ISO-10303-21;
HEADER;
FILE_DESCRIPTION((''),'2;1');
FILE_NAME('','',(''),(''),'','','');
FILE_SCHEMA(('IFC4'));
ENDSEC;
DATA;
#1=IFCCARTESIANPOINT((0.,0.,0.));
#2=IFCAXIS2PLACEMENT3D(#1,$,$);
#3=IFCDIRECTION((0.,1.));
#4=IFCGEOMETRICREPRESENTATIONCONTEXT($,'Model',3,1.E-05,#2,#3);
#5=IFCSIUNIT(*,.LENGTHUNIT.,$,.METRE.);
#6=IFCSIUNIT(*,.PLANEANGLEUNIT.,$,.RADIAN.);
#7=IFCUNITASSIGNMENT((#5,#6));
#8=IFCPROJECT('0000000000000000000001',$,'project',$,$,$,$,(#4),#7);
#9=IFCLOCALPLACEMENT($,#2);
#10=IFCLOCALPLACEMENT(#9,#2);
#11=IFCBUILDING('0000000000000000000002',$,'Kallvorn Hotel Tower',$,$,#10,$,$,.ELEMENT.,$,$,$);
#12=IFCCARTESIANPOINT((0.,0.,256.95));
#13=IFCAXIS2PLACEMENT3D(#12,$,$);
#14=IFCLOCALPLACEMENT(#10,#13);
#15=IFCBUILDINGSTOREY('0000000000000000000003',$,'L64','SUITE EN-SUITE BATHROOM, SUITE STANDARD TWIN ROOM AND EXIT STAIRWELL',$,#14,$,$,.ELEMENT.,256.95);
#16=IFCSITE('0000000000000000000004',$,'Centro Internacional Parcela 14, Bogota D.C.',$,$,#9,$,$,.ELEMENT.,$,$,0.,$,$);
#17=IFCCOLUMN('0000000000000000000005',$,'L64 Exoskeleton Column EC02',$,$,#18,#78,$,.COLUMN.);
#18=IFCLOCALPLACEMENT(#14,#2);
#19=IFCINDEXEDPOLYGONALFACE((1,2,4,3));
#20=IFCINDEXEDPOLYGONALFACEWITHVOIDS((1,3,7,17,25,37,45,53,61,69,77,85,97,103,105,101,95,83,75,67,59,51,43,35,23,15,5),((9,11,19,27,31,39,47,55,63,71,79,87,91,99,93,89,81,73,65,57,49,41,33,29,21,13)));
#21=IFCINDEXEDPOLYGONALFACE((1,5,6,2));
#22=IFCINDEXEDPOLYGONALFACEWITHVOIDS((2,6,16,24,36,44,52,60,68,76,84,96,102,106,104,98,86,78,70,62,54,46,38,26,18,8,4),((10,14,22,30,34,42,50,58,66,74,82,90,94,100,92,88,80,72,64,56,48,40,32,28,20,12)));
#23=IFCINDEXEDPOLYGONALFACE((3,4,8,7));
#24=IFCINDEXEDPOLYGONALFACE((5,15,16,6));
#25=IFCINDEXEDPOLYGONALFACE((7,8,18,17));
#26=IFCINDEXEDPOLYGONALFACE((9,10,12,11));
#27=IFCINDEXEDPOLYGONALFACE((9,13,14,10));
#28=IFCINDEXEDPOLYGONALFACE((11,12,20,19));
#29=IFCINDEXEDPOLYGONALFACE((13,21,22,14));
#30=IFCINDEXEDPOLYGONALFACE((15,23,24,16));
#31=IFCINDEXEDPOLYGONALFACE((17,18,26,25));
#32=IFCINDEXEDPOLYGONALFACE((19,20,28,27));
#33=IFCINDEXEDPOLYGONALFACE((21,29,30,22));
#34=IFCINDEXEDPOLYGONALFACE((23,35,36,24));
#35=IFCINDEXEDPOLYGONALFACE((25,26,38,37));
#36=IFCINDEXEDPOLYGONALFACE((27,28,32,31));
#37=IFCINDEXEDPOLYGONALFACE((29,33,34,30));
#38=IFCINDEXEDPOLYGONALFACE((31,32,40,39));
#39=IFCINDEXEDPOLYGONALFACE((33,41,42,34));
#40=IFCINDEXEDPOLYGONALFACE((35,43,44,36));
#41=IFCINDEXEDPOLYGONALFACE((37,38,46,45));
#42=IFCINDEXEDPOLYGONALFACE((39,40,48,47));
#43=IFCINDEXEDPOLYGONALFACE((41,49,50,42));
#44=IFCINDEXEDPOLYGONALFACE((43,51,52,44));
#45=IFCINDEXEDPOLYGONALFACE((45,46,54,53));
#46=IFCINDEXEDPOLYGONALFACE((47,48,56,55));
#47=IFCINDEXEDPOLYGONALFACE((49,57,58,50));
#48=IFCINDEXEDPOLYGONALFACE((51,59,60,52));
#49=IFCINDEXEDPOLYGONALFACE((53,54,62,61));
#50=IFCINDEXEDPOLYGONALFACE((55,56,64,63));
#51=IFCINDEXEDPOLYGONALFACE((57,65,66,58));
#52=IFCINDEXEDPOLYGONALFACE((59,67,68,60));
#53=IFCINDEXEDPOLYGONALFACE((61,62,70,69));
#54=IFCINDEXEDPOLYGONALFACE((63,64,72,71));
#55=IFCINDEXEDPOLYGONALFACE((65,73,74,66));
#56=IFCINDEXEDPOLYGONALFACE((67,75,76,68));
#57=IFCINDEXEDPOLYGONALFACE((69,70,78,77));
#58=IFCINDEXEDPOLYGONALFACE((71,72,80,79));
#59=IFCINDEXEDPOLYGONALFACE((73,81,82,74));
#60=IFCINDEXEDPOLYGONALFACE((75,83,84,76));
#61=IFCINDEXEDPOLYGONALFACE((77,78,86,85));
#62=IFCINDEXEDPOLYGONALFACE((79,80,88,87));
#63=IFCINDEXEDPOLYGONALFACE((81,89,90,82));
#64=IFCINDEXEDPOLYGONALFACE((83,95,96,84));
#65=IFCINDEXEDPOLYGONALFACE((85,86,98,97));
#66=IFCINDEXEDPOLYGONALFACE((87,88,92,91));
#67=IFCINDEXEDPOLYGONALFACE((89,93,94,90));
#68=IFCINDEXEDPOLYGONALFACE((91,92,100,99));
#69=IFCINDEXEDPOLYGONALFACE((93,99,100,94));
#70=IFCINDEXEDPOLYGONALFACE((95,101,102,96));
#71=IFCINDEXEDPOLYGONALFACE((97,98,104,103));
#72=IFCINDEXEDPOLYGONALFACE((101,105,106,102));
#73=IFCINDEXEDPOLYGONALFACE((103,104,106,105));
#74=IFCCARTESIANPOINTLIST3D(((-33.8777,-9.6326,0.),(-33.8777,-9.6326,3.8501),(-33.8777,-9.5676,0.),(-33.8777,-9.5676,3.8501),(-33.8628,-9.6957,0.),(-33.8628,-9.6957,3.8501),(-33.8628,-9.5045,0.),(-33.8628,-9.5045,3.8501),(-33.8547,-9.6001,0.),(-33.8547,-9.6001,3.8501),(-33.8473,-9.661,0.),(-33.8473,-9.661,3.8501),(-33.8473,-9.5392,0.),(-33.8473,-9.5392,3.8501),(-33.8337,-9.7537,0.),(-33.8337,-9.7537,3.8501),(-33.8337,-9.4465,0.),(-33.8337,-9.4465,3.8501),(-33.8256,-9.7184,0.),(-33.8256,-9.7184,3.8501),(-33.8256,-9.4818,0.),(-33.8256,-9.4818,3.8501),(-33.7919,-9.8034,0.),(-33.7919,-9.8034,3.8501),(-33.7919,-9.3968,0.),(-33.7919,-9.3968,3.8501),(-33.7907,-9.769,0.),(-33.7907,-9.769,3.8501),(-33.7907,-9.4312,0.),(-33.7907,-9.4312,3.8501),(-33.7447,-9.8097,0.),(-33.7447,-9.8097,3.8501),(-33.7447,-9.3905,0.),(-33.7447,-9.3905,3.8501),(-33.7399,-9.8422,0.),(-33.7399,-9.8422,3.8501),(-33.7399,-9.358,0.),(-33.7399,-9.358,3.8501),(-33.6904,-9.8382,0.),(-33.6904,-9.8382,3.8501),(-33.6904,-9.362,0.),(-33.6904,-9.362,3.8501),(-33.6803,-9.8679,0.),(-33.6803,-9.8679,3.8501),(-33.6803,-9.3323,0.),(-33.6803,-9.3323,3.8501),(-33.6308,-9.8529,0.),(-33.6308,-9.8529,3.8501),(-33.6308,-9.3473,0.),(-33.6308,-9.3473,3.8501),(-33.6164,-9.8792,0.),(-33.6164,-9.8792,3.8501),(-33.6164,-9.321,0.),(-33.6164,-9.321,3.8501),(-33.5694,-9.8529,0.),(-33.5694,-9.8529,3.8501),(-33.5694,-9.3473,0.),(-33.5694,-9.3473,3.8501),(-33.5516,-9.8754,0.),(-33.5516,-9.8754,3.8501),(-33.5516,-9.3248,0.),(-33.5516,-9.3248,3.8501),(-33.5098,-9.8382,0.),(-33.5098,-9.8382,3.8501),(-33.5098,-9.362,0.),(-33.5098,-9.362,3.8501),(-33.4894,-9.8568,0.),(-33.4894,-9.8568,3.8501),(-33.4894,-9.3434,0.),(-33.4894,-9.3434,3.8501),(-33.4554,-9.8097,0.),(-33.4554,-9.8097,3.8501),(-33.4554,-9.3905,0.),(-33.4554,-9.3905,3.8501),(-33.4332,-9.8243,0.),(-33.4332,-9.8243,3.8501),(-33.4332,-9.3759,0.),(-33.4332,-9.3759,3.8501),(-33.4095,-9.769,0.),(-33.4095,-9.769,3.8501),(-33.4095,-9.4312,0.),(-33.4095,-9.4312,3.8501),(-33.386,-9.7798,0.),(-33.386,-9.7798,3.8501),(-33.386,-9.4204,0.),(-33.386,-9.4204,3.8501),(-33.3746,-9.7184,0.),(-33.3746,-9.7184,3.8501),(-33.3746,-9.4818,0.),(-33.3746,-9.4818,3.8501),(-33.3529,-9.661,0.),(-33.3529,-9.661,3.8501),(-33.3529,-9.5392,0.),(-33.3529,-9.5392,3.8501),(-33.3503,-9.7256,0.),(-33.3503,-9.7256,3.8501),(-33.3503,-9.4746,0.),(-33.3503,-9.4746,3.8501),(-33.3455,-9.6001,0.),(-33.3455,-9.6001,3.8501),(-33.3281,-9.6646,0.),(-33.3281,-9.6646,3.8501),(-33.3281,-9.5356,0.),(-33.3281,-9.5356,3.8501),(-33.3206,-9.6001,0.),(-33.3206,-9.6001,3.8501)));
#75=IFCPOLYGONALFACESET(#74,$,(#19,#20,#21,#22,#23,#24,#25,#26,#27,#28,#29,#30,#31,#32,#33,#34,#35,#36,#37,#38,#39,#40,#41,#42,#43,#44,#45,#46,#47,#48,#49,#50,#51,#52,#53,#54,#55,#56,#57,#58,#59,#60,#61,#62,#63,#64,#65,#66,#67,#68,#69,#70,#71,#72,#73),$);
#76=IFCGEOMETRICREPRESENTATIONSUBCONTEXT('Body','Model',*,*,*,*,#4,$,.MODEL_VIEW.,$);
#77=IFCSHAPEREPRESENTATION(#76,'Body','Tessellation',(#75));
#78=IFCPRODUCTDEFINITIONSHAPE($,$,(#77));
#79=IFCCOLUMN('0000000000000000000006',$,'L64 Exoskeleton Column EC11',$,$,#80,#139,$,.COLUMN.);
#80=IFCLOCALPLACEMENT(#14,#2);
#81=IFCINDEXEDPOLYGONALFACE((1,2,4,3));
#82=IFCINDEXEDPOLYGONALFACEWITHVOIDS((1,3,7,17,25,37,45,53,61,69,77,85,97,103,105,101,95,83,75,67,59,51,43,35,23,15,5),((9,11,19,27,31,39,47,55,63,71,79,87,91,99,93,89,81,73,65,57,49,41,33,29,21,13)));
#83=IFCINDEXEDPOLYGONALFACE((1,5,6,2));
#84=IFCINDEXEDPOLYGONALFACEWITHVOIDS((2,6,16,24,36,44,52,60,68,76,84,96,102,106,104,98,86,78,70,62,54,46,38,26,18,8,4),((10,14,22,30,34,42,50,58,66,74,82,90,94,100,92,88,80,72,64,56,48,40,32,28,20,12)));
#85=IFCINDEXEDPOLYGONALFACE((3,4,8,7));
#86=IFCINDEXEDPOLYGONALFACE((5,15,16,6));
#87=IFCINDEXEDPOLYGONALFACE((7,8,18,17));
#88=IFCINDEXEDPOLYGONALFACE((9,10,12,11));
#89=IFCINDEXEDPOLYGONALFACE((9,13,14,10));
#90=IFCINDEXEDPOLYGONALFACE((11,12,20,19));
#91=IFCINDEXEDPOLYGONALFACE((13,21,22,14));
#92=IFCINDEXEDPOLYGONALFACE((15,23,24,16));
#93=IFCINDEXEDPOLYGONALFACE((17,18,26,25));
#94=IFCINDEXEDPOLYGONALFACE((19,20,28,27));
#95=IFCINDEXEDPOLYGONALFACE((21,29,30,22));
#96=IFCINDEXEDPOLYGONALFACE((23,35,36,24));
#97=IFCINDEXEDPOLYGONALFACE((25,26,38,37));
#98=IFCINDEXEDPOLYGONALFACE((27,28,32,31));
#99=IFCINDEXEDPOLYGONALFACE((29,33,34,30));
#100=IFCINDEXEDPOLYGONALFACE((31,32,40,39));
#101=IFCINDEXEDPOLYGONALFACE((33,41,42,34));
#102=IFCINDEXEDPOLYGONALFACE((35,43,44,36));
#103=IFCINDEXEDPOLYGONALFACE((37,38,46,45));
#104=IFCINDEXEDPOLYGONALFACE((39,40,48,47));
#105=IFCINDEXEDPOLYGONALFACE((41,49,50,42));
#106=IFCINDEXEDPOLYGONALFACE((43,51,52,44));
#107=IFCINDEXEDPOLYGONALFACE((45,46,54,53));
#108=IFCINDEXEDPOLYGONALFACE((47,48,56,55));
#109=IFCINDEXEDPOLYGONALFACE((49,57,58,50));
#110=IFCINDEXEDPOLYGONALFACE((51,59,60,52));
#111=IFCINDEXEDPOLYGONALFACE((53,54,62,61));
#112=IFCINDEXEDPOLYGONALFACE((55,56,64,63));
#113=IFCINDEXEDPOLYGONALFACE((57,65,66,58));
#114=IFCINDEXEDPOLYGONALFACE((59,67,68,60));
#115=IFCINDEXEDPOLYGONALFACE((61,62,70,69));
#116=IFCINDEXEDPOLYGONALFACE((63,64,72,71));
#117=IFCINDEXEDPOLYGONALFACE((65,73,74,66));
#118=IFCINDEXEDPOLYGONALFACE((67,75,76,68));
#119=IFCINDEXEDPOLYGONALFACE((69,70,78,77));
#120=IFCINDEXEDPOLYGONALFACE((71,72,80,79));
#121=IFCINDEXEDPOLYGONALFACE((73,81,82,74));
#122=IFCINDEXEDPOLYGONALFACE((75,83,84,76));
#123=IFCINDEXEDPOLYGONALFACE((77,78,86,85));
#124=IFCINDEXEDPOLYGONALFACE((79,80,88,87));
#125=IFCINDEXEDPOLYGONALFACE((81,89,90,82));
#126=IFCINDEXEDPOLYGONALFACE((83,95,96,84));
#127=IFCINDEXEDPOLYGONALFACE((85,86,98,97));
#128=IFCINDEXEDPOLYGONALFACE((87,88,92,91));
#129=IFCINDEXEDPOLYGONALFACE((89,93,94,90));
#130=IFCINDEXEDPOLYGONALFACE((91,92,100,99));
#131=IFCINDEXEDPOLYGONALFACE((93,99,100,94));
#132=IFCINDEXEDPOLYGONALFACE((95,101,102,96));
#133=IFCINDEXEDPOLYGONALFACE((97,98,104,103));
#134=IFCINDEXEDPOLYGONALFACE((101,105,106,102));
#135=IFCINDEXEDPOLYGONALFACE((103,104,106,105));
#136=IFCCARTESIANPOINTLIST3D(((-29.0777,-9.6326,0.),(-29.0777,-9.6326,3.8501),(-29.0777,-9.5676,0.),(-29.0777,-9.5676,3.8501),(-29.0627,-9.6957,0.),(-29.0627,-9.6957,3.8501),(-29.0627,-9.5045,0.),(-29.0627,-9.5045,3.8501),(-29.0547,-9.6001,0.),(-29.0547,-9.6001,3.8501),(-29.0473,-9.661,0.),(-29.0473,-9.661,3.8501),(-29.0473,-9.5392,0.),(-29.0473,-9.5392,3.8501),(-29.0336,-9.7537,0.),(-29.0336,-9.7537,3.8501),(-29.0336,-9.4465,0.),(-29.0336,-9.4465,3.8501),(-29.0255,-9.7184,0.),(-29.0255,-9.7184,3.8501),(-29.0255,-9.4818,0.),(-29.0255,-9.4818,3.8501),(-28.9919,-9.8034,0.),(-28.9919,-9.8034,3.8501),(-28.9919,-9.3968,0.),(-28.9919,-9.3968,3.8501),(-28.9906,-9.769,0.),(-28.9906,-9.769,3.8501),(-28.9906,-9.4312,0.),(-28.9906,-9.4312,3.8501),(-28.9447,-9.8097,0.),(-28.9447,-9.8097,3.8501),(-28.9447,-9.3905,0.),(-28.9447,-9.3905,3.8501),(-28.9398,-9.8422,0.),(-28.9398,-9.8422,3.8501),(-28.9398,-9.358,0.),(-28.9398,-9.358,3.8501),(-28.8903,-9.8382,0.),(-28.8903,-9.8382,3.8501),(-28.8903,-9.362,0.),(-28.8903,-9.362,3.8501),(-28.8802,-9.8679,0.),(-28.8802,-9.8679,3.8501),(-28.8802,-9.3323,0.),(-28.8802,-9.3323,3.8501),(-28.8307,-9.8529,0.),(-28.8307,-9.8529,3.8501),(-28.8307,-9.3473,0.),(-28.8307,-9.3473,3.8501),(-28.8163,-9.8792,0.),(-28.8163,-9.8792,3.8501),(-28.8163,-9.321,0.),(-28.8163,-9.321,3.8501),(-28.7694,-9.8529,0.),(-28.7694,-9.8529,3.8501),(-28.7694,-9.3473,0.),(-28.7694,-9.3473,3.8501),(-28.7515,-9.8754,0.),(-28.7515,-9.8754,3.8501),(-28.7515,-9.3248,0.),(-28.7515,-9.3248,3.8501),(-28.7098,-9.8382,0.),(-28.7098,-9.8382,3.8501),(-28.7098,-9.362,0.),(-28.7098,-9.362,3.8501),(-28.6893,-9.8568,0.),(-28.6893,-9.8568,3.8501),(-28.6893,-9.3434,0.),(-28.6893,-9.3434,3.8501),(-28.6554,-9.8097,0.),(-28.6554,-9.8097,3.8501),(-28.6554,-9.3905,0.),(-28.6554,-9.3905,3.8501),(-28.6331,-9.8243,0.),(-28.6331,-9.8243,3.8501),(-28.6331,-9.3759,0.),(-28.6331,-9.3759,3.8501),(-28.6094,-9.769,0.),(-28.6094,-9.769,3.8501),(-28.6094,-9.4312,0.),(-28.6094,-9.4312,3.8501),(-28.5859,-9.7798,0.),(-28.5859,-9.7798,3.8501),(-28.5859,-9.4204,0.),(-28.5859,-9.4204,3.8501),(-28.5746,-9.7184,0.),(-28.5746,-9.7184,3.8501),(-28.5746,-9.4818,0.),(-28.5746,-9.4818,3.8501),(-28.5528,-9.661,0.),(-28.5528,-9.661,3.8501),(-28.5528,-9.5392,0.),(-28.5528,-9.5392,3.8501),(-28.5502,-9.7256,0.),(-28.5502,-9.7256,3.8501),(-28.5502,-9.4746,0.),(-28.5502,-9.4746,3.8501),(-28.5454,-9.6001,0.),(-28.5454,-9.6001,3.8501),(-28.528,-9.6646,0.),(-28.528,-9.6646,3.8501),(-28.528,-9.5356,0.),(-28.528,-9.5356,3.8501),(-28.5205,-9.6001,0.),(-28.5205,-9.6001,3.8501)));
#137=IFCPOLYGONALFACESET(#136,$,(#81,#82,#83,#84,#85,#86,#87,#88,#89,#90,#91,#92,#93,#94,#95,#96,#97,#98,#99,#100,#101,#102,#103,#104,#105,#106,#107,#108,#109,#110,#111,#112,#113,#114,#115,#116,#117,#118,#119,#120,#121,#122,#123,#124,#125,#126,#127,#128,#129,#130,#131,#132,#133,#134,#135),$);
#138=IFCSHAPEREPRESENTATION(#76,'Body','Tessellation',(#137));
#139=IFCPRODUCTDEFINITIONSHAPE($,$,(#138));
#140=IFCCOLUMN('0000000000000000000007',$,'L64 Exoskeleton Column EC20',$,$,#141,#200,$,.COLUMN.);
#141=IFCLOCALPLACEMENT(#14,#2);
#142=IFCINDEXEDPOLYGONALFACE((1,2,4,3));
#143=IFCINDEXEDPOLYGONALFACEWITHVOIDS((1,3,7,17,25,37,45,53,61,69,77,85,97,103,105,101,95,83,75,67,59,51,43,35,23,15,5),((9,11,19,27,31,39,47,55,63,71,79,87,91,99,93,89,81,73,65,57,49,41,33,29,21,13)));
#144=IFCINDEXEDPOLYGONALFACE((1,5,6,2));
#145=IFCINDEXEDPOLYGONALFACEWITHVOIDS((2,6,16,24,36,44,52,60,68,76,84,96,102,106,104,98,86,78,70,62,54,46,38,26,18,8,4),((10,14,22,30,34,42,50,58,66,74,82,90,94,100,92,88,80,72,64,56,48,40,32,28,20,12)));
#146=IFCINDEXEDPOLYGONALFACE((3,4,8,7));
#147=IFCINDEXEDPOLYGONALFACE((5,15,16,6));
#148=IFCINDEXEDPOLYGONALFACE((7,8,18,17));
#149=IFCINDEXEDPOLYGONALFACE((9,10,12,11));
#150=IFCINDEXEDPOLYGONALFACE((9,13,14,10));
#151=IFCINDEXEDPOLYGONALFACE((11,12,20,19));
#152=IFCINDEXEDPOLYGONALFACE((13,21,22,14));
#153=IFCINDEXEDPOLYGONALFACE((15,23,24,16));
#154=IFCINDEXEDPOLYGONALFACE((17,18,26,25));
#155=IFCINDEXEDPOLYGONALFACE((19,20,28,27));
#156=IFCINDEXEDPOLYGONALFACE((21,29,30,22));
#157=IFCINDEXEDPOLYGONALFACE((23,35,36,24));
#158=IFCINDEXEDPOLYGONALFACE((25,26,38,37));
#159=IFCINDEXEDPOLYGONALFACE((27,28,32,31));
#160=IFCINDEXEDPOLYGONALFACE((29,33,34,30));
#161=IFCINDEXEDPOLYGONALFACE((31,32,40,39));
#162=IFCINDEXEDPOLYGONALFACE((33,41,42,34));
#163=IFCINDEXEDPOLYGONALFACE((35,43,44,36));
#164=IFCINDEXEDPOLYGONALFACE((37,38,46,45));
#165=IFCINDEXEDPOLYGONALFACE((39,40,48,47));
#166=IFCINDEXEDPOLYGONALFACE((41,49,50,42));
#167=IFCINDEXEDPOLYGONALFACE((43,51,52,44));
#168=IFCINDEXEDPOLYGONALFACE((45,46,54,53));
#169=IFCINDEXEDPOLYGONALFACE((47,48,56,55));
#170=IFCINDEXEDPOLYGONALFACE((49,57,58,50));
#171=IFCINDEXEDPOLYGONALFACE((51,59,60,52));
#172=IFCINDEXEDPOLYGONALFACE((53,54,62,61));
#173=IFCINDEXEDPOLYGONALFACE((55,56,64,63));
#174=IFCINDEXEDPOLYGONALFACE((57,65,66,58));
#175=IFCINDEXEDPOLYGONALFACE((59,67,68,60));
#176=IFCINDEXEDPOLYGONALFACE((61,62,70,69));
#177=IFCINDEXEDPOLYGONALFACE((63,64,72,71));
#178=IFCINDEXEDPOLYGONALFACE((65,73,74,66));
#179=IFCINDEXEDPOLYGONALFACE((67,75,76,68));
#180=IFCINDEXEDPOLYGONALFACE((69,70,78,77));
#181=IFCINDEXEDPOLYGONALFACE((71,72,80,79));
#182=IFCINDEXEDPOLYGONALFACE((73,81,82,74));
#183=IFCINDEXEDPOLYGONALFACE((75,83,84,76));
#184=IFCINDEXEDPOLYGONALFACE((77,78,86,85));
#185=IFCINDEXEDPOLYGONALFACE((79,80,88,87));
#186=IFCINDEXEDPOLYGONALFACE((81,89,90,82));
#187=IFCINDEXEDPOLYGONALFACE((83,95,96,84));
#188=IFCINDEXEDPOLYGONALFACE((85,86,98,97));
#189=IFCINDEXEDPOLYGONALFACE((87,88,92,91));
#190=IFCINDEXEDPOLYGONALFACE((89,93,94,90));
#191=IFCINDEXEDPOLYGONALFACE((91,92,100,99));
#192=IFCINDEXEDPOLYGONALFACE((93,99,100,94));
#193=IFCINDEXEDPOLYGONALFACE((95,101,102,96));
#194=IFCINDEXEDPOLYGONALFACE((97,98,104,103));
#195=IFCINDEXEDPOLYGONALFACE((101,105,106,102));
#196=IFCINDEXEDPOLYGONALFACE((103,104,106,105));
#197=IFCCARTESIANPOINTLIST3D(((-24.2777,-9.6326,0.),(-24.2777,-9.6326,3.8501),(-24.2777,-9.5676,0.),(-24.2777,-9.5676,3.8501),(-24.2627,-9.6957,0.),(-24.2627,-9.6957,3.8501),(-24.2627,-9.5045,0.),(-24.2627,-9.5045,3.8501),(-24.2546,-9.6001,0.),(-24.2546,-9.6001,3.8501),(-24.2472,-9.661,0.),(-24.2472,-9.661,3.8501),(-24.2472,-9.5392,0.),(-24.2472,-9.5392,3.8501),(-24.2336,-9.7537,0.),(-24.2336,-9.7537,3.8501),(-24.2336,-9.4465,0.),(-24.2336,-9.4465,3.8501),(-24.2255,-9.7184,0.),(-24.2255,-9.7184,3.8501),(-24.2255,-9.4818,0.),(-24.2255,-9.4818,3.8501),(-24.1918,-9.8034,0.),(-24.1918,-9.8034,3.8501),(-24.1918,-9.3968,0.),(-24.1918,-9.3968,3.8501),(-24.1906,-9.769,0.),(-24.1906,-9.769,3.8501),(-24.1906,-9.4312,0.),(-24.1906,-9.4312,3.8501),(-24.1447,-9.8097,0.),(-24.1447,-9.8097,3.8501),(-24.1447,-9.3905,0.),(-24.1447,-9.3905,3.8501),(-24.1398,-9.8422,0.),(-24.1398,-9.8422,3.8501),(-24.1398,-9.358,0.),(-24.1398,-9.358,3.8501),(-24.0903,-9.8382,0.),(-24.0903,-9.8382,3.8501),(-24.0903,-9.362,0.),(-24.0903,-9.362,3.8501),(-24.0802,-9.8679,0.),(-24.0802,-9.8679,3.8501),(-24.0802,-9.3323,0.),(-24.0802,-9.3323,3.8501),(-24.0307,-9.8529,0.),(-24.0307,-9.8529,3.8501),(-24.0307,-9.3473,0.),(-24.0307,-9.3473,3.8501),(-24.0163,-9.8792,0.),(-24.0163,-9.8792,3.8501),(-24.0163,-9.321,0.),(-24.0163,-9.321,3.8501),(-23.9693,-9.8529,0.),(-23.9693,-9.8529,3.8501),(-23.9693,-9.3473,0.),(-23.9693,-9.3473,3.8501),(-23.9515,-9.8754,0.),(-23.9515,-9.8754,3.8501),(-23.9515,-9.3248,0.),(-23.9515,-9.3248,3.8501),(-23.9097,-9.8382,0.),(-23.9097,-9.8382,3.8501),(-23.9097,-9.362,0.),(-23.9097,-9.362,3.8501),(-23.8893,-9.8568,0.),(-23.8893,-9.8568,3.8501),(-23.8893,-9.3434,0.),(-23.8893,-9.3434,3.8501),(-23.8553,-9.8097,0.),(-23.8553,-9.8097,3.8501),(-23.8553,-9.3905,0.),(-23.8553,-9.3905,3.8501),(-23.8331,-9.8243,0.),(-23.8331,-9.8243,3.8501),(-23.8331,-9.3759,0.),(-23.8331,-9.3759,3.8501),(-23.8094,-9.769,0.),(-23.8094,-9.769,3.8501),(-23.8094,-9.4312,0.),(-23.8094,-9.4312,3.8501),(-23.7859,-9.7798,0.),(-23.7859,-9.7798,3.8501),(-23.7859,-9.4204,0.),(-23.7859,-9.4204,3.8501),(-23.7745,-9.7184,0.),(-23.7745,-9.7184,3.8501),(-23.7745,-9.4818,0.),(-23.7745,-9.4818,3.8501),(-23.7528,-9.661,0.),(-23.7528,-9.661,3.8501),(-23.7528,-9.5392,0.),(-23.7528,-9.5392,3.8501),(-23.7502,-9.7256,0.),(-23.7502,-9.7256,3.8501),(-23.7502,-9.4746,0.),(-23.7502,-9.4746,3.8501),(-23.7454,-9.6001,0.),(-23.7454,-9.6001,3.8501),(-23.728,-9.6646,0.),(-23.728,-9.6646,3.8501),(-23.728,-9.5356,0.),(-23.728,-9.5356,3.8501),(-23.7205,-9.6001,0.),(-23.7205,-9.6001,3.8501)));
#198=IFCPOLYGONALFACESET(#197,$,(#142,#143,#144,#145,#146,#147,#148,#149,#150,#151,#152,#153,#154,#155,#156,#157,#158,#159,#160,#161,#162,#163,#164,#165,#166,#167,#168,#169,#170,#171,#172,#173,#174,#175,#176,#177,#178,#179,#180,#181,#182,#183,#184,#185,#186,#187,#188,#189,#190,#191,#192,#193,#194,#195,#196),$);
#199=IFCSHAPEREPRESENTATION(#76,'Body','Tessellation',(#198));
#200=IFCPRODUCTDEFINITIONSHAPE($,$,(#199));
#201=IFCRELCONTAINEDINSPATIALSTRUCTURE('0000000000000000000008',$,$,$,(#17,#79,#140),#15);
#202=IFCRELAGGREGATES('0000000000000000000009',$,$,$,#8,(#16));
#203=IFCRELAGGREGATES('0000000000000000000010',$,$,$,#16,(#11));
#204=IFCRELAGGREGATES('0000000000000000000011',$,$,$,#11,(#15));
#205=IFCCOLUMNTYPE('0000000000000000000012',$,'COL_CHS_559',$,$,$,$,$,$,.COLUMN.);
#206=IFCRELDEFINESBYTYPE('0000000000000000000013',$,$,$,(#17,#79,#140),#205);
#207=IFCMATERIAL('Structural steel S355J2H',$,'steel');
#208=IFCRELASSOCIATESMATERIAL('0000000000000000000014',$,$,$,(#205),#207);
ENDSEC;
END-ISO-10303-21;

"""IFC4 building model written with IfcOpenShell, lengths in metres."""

from ifc_helpers import new_model, si_unit, direction, frame, origin, origin_2d, place, context, subcontext, project, spatial, hollow_circle, extrude, material, material_profile, profile_set, type_object, element, save


model = new_model("IFC4")

# Units and contexts
model_context = context("Model", 3, precision=1e-05, world=origin(), true_north=direction((0.0, 1.0)))
body_context = subcontext(model_context, "Body", "Model", "MODEL_VIEW")
ifc_project = project(units=[si_unit("LENGTHUNIT", "METRE"), si_unit("PLANEANGLEUNIT", "RADIAN")], contexts=[model_context])

# Site, building, storey
site_placement = place(None, origin())
site = spatial("IfcSite", under=ifc_project, at=site_placement, Name="Centro Internacional Parcela 14, Bogota D.C.", CompositionType="ELEMENT", RefElevation=0.0)
building_placement = place(site_placement, origin())
building = spatial("IfcBuilding", under=site, at=building_placement, Name="Kallvorn Hotel Tower", CompositionType="ELEMENT")
storey_placement = place(building_placement, frame((0.0, 0.0, 256.95)))
storey = spatial("IfcBuildingStorey", under=building, at=storey_placement, Name="L64", Description="SUITE EN-SUITE BATHROOM, SUITE STANDARD TWIN ROOM AND EXIT STAIRWELL", CompositionType="ELEMENT", Elevation=256.95)

# Columns
ifc_material_1 = material(Name="Structural steel S355J2H", Category="steel")
ifc_material_profile_1 = material_profile(ifc_material_1, hollow_circle(Radius=0.2795, WallThickness=0.0249, at=origin_2d()), Name="CHS 559x25")
ifc_profile_set_1 = profile_set([ifc_material_profile_1], Name="Structural steel S355J2H")
column_type = type_object("IfcColumnType", Name="COL_CHS_559", PredefinedType="COLUMN", material=ifc_profile_set_1)
for number, where, z_axis, x_axis, name in (
    (1, (-33.6001, -9.6001, 0.0), (0.0, 0.0, 1.0), (1.0, 0.0, 0.0), "L64 Exoskeleton Column EC02"),
    (2, (-28.8, -9.6001, 0.0), (0.0, 0.0, 1.0), (1.0, 0.0, 0.0), "L64 Exoskeleton Column EC11"),
    (3, (-24.0, -9.6001, 0.0), (0.0, 0.0, 1.0), (1.0, 0.0, 0.0), "L64 Exoskeleton Column EC20"),
):
    element("IfcColumn", number, at=place(storey_placement, frame(where, z_axis=z_axis, x_axis=x_axis)), inside=storey, type_object=column_type, Name=name, PredefinedType="COLUMN", context=body_context, shape_type="SweptSolid", body=[
        extrude(hollow_circle(Radius=0.2795, WallThickness=0.0249, at=origin_2d()), origin(), (0.0, 0.0, 1.0), 3.8501),
    ])

save(model, "model.ifc")
